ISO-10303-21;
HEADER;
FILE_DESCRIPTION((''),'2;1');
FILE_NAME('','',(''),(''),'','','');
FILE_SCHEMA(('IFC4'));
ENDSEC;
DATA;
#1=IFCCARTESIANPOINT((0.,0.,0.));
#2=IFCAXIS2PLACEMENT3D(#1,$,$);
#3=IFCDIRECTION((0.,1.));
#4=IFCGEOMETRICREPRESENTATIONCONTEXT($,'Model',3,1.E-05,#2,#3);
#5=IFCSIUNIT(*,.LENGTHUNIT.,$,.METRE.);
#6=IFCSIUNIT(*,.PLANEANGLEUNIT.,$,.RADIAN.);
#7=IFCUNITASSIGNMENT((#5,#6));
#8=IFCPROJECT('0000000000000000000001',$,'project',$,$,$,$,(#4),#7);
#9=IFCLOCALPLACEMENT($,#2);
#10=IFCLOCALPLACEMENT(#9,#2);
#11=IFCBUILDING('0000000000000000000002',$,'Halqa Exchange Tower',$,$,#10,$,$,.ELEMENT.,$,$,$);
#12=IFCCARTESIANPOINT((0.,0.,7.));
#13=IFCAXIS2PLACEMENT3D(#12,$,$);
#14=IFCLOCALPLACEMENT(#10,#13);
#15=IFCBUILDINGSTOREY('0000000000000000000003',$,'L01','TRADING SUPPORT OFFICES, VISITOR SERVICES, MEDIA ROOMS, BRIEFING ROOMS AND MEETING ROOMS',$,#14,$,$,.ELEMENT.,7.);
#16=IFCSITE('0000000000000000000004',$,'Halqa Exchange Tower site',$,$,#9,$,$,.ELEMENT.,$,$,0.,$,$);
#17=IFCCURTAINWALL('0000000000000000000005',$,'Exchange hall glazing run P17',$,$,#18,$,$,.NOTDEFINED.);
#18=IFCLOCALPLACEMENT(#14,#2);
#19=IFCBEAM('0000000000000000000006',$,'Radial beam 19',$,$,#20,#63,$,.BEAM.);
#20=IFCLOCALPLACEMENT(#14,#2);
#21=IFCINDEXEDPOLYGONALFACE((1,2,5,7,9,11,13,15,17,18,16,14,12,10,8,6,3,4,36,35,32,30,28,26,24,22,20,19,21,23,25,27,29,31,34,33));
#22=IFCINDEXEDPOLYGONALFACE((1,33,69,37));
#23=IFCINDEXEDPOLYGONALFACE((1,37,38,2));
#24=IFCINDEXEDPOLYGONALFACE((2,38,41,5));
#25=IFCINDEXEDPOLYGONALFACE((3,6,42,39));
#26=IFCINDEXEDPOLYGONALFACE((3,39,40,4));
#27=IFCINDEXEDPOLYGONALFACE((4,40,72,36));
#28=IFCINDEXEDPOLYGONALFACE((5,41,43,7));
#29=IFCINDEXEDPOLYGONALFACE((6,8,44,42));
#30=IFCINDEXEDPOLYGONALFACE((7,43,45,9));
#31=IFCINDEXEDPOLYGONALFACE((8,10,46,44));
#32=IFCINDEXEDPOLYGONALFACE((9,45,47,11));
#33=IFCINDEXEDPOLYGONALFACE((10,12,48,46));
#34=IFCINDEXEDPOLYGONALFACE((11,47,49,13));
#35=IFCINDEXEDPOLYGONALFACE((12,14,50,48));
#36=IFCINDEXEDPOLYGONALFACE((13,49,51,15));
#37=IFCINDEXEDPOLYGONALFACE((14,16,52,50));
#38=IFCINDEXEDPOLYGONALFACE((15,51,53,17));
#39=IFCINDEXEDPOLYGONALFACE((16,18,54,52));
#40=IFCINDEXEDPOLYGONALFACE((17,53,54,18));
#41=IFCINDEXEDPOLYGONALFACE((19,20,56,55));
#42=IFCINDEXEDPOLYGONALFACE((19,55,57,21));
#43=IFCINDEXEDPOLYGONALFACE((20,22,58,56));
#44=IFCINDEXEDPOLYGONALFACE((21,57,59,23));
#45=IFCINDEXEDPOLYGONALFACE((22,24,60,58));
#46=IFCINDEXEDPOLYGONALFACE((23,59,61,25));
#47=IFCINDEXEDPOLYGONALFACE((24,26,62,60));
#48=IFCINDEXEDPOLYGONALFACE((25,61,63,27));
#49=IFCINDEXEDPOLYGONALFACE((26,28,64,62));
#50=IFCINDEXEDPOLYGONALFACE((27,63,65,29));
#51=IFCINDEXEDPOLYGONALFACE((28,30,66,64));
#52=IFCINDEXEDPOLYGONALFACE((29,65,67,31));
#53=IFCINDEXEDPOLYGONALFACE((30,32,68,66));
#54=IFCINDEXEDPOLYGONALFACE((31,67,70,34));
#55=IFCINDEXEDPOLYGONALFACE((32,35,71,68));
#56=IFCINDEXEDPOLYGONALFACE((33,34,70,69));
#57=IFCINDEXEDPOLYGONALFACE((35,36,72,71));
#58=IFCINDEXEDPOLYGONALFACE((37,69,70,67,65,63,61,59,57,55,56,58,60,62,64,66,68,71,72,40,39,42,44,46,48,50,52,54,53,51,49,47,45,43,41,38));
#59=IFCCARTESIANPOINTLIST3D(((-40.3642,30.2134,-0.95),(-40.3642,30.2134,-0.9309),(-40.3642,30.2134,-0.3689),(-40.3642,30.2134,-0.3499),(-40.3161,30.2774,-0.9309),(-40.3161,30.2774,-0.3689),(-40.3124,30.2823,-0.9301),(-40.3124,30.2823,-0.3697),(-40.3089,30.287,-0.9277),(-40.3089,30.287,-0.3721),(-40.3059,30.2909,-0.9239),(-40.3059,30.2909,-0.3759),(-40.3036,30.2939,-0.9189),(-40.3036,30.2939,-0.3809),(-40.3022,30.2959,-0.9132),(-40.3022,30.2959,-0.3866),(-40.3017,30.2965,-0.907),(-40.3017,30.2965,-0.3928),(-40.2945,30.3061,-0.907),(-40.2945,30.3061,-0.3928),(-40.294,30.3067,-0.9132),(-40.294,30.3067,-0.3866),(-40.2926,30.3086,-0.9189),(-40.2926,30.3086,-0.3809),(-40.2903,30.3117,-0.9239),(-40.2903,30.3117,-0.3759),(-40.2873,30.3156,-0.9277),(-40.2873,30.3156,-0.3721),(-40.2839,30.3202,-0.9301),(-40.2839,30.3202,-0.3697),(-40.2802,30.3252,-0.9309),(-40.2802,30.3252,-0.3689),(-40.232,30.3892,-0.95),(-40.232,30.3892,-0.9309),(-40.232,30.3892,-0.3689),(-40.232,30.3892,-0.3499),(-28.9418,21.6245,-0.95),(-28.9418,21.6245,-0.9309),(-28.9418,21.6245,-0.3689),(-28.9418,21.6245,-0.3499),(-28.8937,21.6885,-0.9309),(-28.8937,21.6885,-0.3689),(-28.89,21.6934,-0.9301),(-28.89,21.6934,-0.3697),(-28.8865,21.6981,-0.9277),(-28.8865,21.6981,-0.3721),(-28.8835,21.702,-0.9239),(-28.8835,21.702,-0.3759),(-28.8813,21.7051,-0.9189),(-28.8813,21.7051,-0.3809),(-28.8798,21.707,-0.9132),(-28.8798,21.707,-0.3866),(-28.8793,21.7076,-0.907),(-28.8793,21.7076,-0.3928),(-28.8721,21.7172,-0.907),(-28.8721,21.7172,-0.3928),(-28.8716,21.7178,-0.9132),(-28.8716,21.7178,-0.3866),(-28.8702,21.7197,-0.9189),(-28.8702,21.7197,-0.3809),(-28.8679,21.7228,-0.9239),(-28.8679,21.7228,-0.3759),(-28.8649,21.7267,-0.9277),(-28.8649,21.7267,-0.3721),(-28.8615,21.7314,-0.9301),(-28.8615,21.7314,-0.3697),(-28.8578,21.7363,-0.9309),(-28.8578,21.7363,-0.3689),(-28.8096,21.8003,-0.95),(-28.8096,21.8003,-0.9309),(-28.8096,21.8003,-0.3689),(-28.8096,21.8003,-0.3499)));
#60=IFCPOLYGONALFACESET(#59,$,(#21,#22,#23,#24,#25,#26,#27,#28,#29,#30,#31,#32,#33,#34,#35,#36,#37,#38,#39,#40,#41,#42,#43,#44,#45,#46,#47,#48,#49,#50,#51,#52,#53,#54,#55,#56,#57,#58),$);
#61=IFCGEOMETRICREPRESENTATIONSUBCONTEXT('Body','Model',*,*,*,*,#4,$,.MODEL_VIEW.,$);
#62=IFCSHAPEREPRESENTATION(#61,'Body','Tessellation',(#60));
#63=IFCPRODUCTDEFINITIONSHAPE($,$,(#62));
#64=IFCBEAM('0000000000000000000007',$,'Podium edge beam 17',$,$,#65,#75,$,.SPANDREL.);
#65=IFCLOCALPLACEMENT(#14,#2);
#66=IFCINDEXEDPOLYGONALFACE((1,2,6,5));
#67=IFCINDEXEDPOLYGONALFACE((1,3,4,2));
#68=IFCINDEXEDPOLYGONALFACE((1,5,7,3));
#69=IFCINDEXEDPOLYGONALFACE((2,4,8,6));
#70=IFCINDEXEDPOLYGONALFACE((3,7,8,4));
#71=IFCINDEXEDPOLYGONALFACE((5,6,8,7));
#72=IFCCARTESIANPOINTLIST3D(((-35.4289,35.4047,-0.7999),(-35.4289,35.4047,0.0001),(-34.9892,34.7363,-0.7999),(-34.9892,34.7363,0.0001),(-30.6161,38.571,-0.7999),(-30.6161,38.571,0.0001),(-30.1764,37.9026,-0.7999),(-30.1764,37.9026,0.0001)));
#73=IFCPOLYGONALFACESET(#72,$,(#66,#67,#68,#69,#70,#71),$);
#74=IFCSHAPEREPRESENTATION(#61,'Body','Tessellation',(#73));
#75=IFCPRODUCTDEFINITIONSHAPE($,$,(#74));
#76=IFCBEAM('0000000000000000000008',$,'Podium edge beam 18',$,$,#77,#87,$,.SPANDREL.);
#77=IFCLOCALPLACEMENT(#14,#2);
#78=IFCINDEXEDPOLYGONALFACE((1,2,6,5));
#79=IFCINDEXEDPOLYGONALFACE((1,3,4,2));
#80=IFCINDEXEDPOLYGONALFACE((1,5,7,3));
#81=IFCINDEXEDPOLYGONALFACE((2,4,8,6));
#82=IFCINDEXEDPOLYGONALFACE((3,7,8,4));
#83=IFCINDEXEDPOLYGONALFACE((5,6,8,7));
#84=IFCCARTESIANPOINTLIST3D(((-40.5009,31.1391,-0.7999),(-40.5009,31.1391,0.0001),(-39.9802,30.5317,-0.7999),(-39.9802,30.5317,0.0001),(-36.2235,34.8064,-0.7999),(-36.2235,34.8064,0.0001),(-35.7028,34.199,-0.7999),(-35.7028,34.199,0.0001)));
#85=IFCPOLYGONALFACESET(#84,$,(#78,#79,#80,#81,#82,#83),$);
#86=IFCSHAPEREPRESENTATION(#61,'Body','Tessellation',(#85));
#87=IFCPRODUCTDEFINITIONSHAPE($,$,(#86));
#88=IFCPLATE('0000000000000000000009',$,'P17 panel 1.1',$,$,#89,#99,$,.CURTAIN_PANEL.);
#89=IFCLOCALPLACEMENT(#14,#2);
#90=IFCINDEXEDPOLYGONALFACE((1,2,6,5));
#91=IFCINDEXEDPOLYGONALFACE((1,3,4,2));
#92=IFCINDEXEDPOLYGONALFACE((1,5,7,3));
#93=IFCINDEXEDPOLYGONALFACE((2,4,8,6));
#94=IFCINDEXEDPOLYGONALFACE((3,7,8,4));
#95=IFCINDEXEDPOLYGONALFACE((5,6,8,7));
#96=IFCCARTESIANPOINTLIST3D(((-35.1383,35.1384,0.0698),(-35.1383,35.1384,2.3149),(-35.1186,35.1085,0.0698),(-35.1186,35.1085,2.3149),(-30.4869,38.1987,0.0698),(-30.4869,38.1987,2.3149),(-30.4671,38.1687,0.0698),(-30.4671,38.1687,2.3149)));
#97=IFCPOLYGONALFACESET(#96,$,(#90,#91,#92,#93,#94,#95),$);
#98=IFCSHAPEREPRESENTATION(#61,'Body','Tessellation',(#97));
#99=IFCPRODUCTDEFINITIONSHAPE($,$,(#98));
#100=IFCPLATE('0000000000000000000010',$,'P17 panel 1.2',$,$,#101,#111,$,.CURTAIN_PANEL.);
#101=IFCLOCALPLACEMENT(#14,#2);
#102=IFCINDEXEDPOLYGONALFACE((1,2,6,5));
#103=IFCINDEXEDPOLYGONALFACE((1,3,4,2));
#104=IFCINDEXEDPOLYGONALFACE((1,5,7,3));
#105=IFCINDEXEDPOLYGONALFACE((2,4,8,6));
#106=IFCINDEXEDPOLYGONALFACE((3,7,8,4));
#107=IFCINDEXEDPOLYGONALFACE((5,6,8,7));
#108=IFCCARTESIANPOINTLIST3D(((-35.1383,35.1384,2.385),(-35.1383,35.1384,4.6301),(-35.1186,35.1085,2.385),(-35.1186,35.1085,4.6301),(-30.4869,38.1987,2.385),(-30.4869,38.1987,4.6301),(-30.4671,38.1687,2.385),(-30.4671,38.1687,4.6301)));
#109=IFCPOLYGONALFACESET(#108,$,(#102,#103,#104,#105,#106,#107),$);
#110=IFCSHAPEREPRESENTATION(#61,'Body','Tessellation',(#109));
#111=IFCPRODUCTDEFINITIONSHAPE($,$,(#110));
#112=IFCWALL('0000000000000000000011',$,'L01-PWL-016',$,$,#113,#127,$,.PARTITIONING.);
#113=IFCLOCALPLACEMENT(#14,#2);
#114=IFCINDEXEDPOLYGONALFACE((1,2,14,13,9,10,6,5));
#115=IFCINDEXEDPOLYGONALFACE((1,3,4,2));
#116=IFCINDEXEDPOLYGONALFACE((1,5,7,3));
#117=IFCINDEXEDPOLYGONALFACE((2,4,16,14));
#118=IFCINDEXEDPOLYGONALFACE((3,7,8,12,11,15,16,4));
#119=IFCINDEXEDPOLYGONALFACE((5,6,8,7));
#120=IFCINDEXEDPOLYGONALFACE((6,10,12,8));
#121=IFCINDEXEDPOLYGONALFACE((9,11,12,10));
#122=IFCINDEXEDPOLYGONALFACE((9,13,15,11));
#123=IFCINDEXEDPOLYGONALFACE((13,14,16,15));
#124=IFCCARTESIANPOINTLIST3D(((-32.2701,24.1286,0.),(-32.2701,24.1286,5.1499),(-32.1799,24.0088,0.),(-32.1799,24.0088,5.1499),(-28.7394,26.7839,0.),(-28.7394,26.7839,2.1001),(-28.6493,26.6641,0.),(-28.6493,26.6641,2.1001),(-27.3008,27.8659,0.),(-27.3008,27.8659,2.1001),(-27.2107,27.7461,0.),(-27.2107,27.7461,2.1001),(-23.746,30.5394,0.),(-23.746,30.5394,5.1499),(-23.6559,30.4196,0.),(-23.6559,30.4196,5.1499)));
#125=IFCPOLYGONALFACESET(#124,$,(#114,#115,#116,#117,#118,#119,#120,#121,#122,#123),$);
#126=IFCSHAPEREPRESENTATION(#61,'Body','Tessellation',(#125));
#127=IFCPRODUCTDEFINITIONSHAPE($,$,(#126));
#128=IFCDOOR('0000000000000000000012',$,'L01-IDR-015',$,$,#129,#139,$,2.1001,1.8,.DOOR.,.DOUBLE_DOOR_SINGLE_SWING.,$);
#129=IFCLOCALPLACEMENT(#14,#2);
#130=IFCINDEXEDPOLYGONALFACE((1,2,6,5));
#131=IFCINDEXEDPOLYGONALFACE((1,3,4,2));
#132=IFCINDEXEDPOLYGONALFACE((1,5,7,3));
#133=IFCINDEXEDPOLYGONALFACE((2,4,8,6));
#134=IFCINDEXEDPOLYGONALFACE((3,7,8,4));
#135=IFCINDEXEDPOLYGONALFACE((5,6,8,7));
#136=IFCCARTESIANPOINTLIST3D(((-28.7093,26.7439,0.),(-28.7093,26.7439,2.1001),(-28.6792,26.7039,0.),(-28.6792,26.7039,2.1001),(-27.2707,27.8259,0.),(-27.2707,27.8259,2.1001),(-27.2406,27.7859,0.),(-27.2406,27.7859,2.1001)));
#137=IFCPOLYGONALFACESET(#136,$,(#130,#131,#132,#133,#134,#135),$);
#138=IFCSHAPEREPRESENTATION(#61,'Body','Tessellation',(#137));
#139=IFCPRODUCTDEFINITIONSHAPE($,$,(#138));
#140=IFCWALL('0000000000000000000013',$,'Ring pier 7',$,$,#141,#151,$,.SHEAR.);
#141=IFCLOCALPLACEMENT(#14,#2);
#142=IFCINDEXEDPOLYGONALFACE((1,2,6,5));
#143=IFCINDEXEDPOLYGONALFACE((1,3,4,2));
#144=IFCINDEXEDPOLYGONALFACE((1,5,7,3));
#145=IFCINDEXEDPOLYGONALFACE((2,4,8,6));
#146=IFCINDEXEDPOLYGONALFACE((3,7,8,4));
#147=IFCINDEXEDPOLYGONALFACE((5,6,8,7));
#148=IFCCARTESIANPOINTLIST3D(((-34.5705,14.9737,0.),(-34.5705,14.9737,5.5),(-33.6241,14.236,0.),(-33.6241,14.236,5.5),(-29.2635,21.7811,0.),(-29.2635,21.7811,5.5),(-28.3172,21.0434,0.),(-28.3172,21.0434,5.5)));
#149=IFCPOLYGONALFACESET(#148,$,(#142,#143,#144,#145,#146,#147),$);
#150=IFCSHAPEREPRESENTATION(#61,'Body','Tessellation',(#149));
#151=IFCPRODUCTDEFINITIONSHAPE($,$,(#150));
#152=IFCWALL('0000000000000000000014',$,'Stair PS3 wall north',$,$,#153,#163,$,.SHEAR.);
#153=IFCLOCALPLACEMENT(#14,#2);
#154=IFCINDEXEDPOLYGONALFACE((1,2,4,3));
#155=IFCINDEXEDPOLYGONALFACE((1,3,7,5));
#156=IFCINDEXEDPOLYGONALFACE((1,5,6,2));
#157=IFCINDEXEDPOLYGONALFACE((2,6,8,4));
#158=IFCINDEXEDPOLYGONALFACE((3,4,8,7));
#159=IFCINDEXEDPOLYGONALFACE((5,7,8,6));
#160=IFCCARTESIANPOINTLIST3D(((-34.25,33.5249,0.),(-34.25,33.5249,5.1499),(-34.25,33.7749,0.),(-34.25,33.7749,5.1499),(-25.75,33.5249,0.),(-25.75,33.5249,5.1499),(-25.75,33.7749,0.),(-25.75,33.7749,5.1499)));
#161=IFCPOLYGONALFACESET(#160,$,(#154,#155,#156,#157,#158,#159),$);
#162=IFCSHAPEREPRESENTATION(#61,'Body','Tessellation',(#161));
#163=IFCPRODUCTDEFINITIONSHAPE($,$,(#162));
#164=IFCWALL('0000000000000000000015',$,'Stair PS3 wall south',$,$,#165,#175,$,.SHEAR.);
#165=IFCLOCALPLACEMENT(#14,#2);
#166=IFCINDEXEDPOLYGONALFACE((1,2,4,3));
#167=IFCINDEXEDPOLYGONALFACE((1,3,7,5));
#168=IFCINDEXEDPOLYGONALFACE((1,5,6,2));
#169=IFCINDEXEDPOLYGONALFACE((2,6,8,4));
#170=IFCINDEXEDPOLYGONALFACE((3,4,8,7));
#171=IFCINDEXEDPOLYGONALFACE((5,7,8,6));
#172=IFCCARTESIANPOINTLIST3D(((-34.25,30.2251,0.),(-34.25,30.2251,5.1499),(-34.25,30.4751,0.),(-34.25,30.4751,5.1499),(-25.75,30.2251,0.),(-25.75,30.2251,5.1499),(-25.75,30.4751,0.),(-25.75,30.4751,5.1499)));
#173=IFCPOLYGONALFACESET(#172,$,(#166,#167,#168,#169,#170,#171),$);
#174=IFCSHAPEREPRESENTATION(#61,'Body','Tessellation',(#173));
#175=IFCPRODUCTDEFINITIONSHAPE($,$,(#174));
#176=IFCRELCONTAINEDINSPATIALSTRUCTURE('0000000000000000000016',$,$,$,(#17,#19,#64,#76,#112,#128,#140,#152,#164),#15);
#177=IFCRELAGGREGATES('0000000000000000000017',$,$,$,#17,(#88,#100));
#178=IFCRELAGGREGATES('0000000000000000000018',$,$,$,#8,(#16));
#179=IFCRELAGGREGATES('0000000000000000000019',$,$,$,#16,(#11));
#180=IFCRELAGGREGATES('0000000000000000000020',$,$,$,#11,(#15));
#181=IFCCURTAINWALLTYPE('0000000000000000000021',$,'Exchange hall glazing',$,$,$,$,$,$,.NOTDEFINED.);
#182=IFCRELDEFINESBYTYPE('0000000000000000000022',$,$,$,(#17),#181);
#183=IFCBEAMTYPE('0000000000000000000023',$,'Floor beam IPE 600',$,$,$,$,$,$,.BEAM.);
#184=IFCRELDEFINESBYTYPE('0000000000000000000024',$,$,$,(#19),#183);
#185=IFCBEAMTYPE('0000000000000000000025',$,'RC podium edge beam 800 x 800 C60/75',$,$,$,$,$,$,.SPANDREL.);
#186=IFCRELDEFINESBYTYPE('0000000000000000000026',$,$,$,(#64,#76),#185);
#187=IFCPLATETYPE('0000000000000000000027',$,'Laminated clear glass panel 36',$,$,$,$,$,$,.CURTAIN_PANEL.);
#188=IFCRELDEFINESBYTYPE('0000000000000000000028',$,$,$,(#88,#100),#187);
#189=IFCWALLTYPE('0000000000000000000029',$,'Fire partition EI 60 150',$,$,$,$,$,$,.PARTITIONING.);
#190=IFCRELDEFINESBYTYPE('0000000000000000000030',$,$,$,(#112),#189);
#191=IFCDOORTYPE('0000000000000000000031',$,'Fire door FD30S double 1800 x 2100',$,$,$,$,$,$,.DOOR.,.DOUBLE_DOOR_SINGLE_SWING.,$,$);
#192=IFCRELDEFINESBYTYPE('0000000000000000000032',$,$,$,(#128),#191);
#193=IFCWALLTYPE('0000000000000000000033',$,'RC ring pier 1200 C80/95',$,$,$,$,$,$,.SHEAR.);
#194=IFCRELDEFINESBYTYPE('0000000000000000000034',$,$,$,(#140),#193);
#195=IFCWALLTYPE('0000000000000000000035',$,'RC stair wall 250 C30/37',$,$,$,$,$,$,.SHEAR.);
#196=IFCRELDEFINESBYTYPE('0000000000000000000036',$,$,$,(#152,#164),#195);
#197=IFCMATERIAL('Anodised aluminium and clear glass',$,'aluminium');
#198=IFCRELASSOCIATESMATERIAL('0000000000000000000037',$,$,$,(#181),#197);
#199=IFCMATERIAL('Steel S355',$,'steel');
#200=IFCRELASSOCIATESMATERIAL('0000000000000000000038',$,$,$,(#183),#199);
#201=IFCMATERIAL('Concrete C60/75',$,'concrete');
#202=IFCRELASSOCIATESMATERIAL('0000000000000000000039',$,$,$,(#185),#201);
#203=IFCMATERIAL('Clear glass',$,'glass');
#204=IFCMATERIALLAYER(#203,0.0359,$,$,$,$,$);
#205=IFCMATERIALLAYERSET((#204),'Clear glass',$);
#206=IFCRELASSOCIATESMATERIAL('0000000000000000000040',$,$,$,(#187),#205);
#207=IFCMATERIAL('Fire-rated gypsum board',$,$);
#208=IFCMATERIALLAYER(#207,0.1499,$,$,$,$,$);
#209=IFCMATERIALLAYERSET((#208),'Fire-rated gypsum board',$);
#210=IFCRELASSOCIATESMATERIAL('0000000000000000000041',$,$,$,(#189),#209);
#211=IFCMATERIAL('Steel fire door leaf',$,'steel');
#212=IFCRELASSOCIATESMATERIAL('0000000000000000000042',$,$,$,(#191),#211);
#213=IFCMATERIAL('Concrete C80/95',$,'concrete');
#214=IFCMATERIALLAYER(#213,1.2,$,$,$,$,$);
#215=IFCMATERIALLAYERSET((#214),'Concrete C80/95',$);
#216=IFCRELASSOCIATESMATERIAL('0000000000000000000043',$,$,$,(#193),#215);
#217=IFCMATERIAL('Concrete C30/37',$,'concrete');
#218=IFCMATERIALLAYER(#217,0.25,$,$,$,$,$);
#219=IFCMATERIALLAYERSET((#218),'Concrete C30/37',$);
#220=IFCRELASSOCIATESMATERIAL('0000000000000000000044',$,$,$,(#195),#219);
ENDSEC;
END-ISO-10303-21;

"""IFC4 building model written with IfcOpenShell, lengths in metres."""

from ifc_helpers import new_model, si_unit, direction, frame, frame_2d, origin, origin_2d, place, context, subcontext, project, spatial, rectangle, i_section, extrude, material, layer, layer_set, material_profile, profile_set, type_object, element, fill, aggregate, save


model = new_model("IFC4")

# Units and contexts
model_context = context("Model", 3, precision=1e-05, world=origin(), true_north=direction((0.0, 1.0)))
body_context = subcontext(model_context, "Body", "Model", "MODEL_VIEW")
ifc_project = project(units=[si_unit("LENGTHUNIT", "METRE"), si_unit("PLANEANGLEUNIT", "RADIAN")], contexts=[model_context])

# Site, building, storey
site_placement = place(None, origin())
site = spatial("IfcSite", under=ifc_project, at=site_placement, Name="Halqa Exchange Tower site", CompositionType="ELEMENT", RefElevation=0.0)
building_placement = place(site_placement, origin())
building = spatial("IfcBuilding", under=site, at=building_placement, Name="Halqa Exchange Tower", CompositionType="ELEMENT")
storey_placement = place(building_placement, frame((0.0, 0.0, 7.0)))
storey = spatial("IfcBuildingStorey", under=building, at=storey_placement, Name="L01", Description="TRADING SUPPORT OFFICES, VISITOR SERVICES, MEDIA ROOMS, BRIEFING ROOMS AND MEETING ROOMS", CompositionType="ELEMENT", Elevation=7.0)

# Shared definitions
ifc_material_1 = material(Name="Concrete C60/75", Category="concrete")

# Shared definitions
ifc_material_2 = material(Name="Anodised aluminium and clear glass", Category="aluminium")
curtain_wall_type = type_object("IfcCurtainWallType", Name="Exchange hall glazing", PredefinedType="NOTDEFINED", material=ifc_material_2)

# Curtain wall
curtain_wall_1_placement = place(storey_placement, origin())
curtain_wall_1 = element("IfcCurtainWall", 1, at=curtain_wall_1_placement, inside=storey, type_object=curtain_wall_type, Name="Exchange hall glazing run P17", PredefinedType="NOTDEFINED")

# Beams
ifc_material_3 = material(Name="Steel S355", Category="steel")
ifc_material_profile_1 = material_profile(ifc_material_3, i_section(OverallWidth=0.22, OverallDepth=0.6001, WebThickness=0.012, FlangeThickness=0.019, FilletRadius=0.0239, at=origin_2d()), Name="IPE 600")
ifc_profile_set_1 = profile_set([ifc_material_profile_1], Name="Steel S355")
beam_type_1 = type_object("IfcBeamType", Name="Floor beam IPE 600", PredefinedType="BEAM", material=ifc_profile_set_1)
beam_1_placement = place(storey_placement, frame((-28.8757, 21.7124, -0.6499), z_axis=(-0.799257, 0.600989, 0.0), x_axis=(-0.600989, -0.799257, 0.0)))
element("IfcBeam", 2, at=beam_1_placement, inside=storey, type_object=beam_type_1, Name="Radial beam 19", PredefinedType="BEAM", context=body_context, shape_type="SweptSolid", body=[
    extrude(i_section(OverallWidth=0.22, OverallDepth=0.6001, WebThickness=0.012, FlangeThickness=0.019, FilletRadius=0.0239, at=origin_2d()), origin(), (0.0, 0.0, 1.0), 14.2913),
])
ifc_material_profile_2 = material_profile(ifc_material_1, rectangle(XDim=0.8, YDim=0.8, at=origin_2d()), Name="800 x 800")
ifc_profile_set_2 = profile_set([ifc_material_profile_2], Name="Concrete C60/75")
beam_type_2 = type_object("IfcBeamType", Name="RC podium edge beam 800 x 800 C60/75", PredefinedType="SPANDREL", material=ifc_profile_set_2)
beam_2_placement = place(storey_placement, frame((-30.3962, 38.2368, -0.3999), z_axis=(-0.835419, -0.549614, 0.0), x_axis=(0.549614, -0.835419, 0.0)))
element("IfcBeam", 3, at=beam_2_placement, inside=storey, type_object=beam_type_2, Name="Podium edge beam 17", PredefinedType="SPANDREL", context=body_context, shape_type="SweptSolid", body=[
    extrude(rectangle(XDim=0.8, YDim=0.8, at=origin_2d()), origin(), (0.0, 0.0, 1.0), 5.761),
])
beam_3_placement = place(storey_placement, frame((-35.9631, 34.5027, -0.3999), z_axis=(-0.759174, -0.650888, 0.0), x_axis=(0.650888, -0.759174, 0.0)))
element("IfcBeam", 4, at=beam_3_placement, inside=storey, type_object=beam_type_2, Name="Podium edge beam 18", PredefinedType="SPANDREL", context=body_context, shape_type="SweptSolid", body=[
    extrude(rectangle(XDim=0.8, YDim=0.8, at=origin_2d()), origin(), (0.0, 0.0, 1.0), 5.6343),
])

# Plates
ifc_material_4 = material(Name="Clear glass", Category="glass")
ifc_layer_1 = layer(ifc_material_4, 0.0359)
ifc_layer_set_1 = layer_set([ifc_layer_1], Name="Clear glass")
plate_type = type_object("IfcPlateType", Name="Laminated clear glass panel 36", PredefinedType="CURTAIN_PANEL", material=ifc_layer_set_1)
plate_1_placement = place(storey_placement, frame((-32.8027, 36.6536, 0.0698), z_axis=(0.0, 0.0, 1.0), x_axis=(-0.835415, -0.54962, 0.0)))
plate_1 = element("IfcPlate", 5, at=plate_1_placement, type_object=plate_type, Name="P17 panel 1.1", PredefinedType="CURTAIN_PANEL", context=body_context, shape_type="SweptSolid", body=[
    extrude(rectangle(XDim=5.5679, YDim=0.0359, at=origin_2d()), origin(), (0.0, 0.0, 1.0), 2.2451),
])
plate_2_placement = place(storey_placement, frame((-32.8027, 36.6536, 2.385), z_axis=(0.0, 0.0, 1.0), x_axis=(-0.835415, -0.54962, 0.0)))
plate_2 = element("IfcPlate", 6, at=plate_2_placement, type_object=plate_type, Name="P17 panel 1.2", PredefinedType="CURTAIN_PANEL", context=body_context, shape_type="SweptSolid", body=[
    extrude(rectangle(XDim=5.5679, YDim=0.0359, at=origin_2d()), origin(), (0.0, 0.0, 1.0), 2.2451),
])
aggregate(curtain_wall_1, [plate_1, plate_2])

# Wall, opening, door
ifc_material_5 = material(Name="Fire-rated gypsum board")
ifc_layer_2 = layer(ifc_material_5, 0.1499)
ifc_layer_set_2 = layer_set([ifc_layer_2], Name="Fire-rated gypsum board")
wall_type_1 = type_object("IfcWallType", Name="Fire partition EI 60 150", PredefinedType="PARTITIONING", material=ifc_layer_set_2)
wall_1_placement = place(storey_placement, frame((-32.2251, 24.0686, 0.0), z_axis=(0.0, 0.0, 1.0), x_axis=(0.7992, 0.601065, 0.0)))
wall_1 = element("IfcWall", 7, at=wall_1_placement, inside=storey, type_object=wall_type_1, Name="L01-PWL-016", PredefinedType="PARTITIONING", context=body_context, shape_type="SweptSolid", body=[
    extrude(rectangle(XDim=10.6658, YDim=0.1499, at=frame_2d((5.333, 0.0))), origin(), (0.0, 0.0, 1.0), 5.1499),
])
opening_placement = place(wall_1_placement, frame((4.418, 0.0, 0.0)))
opening = element("IfcOpeningElement", 8, at=opening_placement, cuts=wall_1, PredefinedType="OPENING", context=body_context, shape_type="SweptSolid", body=[
    extrude(rectangle(XDim=1.8, YDim=2.1001, at=frame_2d((0.8999, 1.05))), frame((0.0, 0.0869, 0.0), z_axis=(0.0, -1.0, 0.0), x_axis=(1.0, 0.0, 0.0)), (0.0, 0.0, 1.0), 0.1738),
])
ifc_material_6 = material(Name="Steel fire door leaf", Category="steel")
door_type = type_object("IfcDoorType", Name="Fire door FD30S double 1800 x 2100", OperationType="DOUBLE_DOOR_SINGLE_SWING", PredefinedType="DOOR", material=ifc_material_6)
door_placement = place(opening_placement, origin())
door = element("IfcDoor", 9, at=door_placement, inside=storey, type_object=door_type, Name="L01-IDR-015", OperationType="DOUBLE_DOOR_SINGLE_SWING", OverallHeight=2.1001, OverallWidth=1.8, PredefinedType="DOOR", context=body_context, shape_type="SweptSolid", body=[
    extrude(rectangle(XDim=1.8, YDim=2.1001, at=frame_2d((0.8999, 1.05))), frame((0.0, 0.0249, 0.0), z_axis=(0.0, -1.0, 0.0), x_axis=(1.0, 0.0, 0.0)), (0.0, 0.0, 1.0), 0.05),
])
fill(opening, door)

# Walls
ifc_material_7 = material(Name="Concrete C80/95", Category="concrete")
ifc_layer_3 = layer(ifc_material_7, 1.2)
ifc_layer_set_3 = layer_set([ifc_layer_3], Name="Concrete C80/95")
wall_type_2 = type_object("IfcWallType", Name="RC ring pier 1200 C80/95", PredefinedType="SHEAR", material=ifc_layer_set_3)
wall_2_placement = place(storey_placement, frame((-28.7903, 21.4124, 0.0), z_axis=(0.0, 0.0, 1.0), x_axis=(-0.614825, -0.788663, 0.0)))
element("IfcWall", 10, at=wall_2_placement, inside=storey, type_object=wall_type_2, Name="Ring pier 7", PredefinedType="SHEAR", context=body_context, shape_type="SweptSolid", body=[
    extrude(rectangle(XDim=8.6316, YDim=1.2, at=frame_2d((4.3159, 0.0))), origin(), (0.0, 0.0, 1.0), 5.5),
])
ifc_material_8 = material(Name="Concrete C30/37", Category="concrete")
ifc_layer_4 = layer(ifc_material_8, 0.25)
ifc_layer_set_4 = layer_set([ifc_layer_4], Name="Concrete C30/37")
wall_type_3 = type_object("IfcWallType", Name="RC stair wall 250 C30/37", PredefinedType="SHEAR", material=ifc_layer_set_4)
for number, where, z_axis, x_axis, name in (
    (11, (-34.25, 33.6499, 0.0), (0.0, 0.0, 1.0), (1.0, 0.0, 0.0), "Stair PS3 wall north"),
    (12, (-34.25, 30.3501, 0.0), (0.0, 0.0, 1.0), (1.0, 0.0, 0.0), "Stair PS3 wall south"),
):
    element("IfcWall", number, at=place(storey_placement, frame(where, z_axis=z_axis, x_axis=x_axis)), inside=storey, type_object=wall_type_3, Name=name, PredefinedType="SHEAR", context=body_context, shape_type="SweptSolid", body=[
        extrude(rectangle(XDim=8.5, YDim=0.25, at=frame_2d((4.25, 0.0))), origin(), (0.0, 0.0, 1.0), 5.1499),
    ])

save(model, "model.ifc")
